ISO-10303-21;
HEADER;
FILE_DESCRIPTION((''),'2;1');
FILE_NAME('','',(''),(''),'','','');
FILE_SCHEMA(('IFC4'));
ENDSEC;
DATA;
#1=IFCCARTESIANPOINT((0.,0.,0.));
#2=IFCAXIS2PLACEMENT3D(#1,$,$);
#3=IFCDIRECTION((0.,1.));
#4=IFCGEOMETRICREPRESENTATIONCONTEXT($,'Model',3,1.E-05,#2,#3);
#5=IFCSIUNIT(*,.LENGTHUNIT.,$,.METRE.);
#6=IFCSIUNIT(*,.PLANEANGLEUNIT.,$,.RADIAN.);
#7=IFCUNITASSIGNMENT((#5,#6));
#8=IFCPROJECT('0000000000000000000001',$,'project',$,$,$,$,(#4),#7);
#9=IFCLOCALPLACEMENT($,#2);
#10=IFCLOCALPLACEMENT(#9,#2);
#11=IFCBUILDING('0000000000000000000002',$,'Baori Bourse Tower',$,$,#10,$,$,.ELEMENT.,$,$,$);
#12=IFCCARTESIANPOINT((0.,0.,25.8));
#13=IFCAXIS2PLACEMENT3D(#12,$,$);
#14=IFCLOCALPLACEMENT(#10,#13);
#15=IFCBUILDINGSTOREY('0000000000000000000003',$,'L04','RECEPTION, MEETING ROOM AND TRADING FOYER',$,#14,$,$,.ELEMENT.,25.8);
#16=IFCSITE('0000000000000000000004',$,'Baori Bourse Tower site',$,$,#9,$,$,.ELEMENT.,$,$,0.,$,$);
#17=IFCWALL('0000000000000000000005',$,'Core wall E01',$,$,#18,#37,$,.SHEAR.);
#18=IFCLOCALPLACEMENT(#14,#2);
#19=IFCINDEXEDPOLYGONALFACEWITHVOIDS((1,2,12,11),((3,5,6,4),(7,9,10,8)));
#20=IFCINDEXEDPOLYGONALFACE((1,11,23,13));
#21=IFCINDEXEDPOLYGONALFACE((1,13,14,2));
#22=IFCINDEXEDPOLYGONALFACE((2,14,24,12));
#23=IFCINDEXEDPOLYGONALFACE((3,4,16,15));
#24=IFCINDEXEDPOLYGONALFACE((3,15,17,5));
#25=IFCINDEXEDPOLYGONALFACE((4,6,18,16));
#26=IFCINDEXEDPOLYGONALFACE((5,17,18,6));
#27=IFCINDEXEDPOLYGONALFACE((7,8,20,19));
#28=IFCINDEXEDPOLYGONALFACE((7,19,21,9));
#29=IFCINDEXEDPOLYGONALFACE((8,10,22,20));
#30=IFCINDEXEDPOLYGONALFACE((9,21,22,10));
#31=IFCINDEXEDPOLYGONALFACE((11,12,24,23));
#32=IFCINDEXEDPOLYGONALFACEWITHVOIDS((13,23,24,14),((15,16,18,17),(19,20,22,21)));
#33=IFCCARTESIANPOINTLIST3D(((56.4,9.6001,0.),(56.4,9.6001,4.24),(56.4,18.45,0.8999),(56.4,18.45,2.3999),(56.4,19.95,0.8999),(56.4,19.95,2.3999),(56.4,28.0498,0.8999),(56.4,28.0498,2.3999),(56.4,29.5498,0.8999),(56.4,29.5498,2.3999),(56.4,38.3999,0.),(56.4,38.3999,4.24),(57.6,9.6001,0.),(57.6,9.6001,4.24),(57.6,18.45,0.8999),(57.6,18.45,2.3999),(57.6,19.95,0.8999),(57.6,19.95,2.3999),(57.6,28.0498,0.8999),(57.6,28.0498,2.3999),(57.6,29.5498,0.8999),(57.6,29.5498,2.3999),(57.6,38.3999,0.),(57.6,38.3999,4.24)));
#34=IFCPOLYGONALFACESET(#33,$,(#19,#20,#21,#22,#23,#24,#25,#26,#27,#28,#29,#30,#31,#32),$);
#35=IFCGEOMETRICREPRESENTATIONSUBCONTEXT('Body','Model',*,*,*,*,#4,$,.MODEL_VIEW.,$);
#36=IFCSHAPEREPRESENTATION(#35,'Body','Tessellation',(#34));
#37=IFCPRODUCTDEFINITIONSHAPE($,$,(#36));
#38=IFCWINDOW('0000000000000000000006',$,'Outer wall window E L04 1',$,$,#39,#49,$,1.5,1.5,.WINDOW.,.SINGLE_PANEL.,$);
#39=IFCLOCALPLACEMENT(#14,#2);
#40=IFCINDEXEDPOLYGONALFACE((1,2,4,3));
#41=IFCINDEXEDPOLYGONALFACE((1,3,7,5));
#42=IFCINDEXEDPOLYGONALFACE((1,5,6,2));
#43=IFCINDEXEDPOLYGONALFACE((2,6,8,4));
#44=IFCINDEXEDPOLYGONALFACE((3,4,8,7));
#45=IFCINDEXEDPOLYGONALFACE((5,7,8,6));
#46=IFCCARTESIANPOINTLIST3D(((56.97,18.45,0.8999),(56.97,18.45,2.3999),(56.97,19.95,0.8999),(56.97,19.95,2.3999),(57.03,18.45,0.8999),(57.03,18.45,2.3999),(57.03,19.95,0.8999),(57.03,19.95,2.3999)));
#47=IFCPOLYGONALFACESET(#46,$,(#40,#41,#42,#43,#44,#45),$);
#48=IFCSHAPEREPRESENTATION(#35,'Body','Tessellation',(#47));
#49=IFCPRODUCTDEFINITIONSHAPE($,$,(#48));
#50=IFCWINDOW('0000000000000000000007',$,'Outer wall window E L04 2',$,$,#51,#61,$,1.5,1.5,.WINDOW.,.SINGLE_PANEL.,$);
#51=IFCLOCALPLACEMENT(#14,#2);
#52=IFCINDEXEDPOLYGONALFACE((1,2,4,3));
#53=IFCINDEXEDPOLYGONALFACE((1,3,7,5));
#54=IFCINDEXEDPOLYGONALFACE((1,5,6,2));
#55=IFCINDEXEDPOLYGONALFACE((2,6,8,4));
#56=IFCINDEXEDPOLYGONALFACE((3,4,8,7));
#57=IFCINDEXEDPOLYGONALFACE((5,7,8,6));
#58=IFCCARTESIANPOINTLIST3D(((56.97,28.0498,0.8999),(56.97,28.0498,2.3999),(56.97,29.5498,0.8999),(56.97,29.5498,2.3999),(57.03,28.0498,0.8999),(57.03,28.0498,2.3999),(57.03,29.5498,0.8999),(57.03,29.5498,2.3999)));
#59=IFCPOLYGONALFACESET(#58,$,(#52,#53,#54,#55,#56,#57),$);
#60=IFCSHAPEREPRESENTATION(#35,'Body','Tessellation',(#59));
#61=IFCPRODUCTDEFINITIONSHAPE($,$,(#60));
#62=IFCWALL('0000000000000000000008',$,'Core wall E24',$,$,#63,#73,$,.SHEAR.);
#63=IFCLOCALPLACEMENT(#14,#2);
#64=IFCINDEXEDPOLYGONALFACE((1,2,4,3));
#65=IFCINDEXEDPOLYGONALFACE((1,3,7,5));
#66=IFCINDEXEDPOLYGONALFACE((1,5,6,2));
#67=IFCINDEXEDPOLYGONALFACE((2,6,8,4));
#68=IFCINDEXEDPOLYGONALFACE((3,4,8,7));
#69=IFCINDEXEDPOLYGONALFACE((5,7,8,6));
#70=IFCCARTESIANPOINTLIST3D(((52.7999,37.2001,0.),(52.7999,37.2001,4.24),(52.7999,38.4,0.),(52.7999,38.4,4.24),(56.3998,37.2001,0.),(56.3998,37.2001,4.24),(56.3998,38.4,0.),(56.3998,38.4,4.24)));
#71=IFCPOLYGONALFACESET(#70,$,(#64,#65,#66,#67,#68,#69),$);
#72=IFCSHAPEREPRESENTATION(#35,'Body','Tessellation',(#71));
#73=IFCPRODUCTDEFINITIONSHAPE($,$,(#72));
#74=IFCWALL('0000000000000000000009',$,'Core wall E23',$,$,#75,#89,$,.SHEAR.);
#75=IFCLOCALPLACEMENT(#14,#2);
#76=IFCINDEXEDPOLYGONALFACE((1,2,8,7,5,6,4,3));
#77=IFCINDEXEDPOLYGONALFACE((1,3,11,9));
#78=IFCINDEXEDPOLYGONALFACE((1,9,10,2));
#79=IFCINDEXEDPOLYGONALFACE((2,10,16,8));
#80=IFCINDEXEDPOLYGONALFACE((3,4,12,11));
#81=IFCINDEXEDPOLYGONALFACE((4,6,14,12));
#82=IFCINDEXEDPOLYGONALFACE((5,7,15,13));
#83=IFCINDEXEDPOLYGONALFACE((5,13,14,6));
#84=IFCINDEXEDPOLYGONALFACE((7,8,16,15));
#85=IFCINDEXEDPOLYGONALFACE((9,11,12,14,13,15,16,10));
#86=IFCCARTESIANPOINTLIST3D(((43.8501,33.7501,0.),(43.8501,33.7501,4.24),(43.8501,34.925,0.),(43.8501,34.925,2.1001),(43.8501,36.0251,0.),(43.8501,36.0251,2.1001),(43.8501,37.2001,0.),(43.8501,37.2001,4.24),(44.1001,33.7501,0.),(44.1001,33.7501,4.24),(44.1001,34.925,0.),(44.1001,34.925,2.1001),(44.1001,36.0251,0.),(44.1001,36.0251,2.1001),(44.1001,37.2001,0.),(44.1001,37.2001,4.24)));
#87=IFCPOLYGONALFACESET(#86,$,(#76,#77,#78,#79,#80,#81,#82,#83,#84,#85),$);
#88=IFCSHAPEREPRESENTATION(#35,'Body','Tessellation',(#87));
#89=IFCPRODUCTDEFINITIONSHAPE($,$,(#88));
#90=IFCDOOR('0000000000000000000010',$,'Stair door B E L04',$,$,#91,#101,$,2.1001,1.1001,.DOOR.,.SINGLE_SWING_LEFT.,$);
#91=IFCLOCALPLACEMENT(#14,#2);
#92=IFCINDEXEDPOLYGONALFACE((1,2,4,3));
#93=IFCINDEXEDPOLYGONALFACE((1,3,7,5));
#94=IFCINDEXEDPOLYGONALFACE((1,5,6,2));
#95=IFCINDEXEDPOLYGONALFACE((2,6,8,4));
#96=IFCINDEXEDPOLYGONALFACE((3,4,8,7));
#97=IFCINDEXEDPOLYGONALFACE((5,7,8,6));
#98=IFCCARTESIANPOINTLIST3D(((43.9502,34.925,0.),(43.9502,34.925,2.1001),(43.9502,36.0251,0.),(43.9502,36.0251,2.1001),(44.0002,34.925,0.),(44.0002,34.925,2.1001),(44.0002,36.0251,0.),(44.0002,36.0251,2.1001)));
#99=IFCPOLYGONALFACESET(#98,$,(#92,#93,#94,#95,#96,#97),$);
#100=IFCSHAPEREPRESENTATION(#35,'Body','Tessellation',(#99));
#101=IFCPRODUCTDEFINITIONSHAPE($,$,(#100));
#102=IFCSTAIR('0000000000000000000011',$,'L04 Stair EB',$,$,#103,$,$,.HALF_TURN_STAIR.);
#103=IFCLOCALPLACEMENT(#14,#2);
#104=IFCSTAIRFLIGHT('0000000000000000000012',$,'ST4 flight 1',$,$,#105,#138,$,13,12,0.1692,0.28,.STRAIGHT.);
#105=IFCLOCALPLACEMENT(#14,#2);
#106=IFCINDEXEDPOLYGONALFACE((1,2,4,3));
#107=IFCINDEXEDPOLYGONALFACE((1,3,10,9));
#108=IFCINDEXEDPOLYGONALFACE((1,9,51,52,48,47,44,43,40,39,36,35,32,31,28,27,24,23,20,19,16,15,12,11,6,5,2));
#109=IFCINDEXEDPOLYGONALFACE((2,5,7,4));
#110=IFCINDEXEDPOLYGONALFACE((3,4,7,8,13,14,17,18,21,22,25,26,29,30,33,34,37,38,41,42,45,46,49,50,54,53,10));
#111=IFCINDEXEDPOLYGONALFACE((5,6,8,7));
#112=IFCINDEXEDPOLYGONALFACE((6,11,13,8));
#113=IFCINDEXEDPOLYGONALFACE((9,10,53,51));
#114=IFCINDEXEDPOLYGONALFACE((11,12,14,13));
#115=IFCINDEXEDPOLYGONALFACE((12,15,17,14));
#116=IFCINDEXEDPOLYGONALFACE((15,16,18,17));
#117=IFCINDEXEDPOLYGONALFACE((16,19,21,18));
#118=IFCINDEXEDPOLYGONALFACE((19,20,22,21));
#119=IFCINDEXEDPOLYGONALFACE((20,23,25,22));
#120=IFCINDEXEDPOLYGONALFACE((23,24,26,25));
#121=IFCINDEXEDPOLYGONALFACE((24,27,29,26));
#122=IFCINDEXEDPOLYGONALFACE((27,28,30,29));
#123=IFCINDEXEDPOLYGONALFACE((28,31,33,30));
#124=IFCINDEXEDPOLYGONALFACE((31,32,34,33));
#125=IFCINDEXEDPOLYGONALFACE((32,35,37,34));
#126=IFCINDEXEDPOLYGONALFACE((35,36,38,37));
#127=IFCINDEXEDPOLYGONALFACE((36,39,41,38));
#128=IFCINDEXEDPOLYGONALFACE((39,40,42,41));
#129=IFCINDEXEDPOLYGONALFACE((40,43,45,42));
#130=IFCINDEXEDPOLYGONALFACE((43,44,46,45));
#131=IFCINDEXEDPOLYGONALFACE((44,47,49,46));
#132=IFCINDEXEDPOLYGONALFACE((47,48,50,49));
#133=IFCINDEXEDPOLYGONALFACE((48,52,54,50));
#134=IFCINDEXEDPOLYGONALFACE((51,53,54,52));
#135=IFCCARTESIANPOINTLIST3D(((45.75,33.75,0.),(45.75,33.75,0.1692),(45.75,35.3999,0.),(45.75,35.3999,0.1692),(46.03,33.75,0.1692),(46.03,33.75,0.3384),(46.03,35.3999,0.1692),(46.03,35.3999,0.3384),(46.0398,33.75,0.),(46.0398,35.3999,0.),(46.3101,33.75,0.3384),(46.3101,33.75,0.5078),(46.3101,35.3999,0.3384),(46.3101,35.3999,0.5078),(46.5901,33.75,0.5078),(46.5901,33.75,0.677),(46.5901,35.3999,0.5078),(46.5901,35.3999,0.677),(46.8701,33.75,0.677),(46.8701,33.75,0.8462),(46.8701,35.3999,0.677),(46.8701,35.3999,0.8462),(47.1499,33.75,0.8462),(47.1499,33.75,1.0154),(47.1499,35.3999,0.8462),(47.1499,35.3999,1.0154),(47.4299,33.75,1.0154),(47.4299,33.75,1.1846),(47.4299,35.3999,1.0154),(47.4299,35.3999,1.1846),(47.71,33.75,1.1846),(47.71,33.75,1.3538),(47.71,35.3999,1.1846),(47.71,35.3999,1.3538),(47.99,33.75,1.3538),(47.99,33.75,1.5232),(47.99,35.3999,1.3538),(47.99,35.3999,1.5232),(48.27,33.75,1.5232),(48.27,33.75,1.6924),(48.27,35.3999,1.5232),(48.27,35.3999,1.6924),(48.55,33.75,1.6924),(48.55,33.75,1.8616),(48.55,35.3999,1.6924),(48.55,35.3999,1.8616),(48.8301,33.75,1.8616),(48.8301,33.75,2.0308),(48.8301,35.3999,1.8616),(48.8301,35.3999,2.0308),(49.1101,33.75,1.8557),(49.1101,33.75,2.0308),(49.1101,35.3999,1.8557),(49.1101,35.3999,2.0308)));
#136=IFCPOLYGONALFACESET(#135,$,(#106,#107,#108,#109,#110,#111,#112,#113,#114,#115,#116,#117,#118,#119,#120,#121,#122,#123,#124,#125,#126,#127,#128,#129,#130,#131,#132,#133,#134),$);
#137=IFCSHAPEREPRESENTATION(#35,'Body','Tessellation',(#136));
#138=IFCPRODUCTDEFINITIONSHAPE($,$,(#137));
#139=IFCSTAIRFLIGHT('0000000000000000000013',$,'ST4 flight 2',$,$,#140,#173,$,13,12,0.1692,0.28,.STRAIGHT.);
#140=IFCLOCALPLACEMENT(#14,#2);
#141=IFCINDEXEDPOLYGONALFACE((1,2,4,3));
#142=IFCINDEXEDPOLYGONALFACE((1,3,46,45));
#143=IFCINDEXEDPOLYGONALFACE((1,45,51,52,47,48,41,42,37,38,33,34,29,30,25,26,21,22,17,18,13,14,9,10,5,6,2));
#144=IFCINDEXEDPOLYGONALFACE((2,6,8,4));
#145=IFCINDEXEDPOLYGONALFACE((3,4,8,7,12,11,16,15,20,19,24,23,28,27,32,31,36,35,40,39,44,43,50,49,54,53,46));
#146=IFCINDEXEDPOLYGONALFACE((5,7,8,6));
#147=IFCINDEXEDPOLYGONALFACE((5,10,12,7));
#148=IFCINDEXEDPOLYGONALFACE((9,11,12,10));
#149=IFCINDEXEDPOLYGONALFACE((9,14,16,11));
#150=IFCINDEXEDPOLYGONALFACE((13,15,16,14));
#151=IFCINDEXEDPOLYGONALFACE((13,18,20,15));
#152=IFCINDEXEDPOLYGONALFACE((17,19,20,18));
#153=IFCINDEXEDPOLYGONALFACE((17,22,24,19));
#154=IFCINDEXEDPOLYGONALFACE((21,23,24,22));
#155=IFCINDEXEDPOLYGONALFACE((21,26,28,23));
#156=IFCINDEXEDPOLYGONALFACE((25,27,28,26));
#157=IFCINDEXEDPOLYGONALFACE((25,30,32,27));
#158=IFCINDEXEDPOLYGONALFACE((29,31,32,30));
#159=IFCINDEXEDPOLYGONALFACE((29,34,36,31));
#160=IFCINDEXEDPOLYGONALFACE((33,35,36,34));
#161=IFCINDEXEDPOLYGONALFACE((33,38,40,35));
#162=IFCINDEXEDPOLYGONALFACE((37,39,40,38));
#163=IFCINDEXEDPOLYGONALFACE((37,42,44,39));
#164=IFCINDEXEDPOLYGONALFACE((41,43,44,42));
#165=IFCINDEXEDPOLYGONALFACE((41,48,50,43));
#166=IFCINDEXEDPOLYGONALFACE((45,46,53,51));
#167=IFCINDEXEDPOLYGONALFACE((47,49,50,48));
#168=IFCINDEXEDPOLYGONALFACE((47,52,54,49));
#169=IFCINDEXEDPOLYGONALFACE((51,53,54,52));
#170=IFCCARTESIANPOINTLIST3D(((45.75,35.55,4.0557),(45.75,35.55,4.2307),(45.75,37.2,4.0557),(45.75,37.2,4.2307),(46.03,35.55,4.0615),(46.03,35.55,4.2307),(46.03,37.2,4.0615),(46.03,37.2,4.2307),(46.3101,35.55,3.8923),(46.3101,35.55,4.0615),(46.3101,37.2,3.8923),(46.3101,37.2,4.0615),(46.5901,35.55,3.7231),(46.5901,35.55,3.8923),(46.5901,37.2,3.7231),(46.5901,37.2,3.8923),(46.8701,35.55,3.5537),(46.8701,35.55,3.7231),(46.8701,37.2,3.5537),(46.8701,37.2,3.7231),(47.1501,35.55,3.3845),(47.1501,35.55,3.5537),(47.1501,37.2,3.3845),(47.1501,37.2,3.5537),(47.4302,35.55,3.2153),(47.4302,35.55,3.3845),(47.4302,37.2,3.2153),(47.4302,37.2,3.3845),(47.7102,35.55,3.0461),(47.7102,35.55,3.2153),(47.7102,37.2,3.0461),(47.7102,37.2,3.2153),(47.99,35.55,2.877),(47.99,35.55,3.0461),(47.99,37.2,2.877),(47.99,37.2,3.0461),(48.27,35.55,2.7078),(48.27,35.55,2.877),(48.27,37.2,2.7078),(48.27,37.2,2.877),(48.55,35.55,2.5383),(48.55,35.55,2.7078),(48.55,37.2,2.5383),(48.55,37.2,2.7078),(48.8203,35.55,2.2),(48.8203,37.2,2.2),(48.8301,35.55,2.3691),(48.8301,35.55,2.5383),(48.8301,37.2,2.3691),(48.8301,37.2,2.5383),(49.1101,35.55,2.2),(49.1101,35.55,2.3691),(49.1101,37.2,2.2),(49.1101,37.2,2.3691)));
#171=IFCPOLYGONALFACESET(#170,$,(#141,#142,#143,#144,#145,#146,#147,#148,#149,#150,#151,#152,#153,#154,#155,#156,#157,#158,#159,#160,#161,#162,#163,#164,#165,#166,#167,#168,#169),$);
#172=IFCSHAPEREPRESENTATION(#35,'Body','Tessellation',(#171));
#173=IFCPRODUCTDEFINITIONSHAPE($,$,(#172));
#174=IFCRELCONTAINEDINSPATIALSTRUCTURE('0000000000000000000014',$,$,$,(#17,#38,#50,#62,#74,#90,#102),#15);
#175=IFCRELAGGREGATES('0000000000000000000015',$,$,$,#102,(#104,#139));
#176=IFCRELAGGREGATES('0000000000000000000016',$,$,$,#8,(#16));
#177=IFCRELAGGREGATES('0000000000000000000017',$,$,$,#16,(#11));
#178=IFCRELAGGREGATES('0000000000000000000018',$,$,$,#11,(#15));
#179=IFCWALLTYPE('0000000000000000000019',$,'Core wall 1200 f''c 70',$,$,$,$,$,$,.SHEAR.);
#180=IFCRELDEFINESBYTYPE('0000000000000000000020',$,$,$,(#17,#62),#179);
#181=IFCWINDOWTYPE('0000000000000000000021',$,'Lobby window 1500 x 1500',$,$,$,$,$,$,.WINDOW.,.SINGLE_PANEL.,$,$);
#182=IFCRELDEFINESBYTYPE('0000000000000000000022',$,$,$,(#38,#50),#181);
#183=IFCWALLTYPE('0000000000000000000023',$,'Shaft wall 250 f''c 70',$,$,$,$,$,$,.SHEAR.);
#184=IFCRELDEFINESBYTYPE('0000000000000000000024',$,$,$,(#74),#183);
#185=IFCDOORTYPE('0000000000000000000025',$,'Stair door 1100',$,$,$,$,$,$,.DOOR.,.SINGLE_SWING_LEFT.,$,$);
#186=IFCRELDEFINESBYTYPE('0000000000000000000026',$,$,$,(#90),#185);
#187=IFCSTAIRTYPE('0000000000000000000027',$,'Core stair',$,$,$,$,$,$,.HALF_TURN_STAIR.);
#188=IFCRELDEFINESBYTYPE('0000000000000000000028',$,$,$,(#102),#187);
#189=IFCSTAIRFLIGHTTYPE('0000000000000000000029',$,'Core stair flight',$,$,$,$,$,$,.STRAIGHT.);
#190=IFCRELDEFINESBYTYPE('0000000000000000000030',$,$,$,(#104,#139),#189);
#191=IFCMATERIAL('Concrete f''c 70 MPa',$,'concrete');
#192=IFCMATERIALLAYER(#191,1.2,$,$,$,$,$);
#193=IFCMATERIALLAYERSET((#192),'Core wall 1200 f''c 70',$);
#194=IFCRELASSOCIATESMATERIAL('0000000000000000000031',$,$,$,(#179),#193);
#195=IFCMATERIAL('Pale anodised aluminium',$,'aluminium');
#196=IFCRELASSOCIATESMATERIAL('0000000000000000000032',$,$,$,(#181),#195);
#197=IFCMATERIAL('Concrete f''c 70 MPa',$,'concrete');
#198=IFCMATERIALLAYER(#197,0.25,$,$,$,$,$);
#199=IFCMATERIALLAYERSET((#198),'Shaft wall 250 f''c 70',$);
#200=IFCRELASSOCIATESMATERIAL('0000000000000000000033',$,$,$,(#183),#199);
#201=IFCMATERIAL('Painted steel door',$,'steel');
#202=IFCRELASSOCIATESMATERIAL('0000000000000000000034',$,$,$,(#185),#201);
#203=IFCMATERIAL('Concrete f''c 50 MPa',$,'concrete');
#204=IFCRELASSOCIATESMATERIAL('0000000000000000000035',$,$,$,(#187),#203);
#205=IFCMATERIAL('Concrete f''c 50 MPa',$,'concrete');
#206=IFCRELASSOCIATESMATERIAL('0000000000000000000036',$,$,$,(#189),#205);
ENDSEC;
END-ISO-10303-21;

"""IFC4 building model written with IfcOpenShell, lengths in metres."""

from ifc_helpers import new_model, si_unit, direction, frame, frame_2d, origin, place, context, subcontext, project, spatial, polyline, rectangle, outline, extrude, material, layer, layer_set, type_object, element, fill, aggregate, save


model = new_model("IFC4")

# Units and contexts
model_context = context("Model", 3, precision=1e-05, world=origin(), true_north=direction((0.0, 1.0)))
body_context = subcontext(model_context, "Body", "Model", "MODEL_VIEW")
ifc_project = project(units=[si_unit("LENGTHUNIT", "METRE"), si_unit("PLANEANGLEUNIT", "RADIAN")], contexts=[model_context])

# Site, building, storey
site_placement = place(None, origin())
site = spatial("IfcSite", under=ifc_project, at=site_placement, Name="Baori Bourse Tower site", CompositionType="ELEMENT", RefElevation=0.0)
building_placement = place(site_placement, origin())
building = spatial("IfcBuilding", under=site, at=building_placement, Name="Baori Bourse Tower", CompositionType="ELEMENT")
storey_placement = place(building_placement, frame((0.0, 0.0, 25.8)))
storey = spatial("IfcBuildingStorey", under=building, at=storey_placement, Name="L04", Description="RECEPTION, MEETING ROOM AND TRADING FOYER", CompositionType="ELEMENT", Elevation=25.8)

# Wall, openings, windows
ifc_material_1 = material(Name="Concrete f'c 70 MPa", Category="concrete")
ifc_layer_1 = layer(ifc_material_1, 1.2)
ifc_layer_set_1 = layer_set([ifc_layer_1], Name="Core wall 1200 f'c 70")
wall_type_1 = type_object("IfcWallType", Name="Core wall 1200 f'c 70", PredefinedType="SHEAR", material=ifc_layer_set_1)
wall_1_placement = place(storey_placement, frame((57.0, 38.3999, 0.0), z_axis=(0.0, 0.0, 1.0), x_axis=(0.0, -1.0, 0.0)))
wall_1 = element("IfcWall", 1, at=wall_1_placement, inside=storey, type_object=wall_type_1, Name="Core wall E01", PredefinedType="SHEAR", context=body_context, shape_type="SweptSolid", body=[
    extrude(rectangle(XDim=28.7998, YDim=1.2, at=frame_2d((14.3999, 0.0))), origin(), (0.0, 0.0, 1.0), 4.24),
])
opening_1_placement = place(wall_1_placement, frame((18.45, 0.0, 0.8999)))
opening_1 = element("IfcOpeningElement", 2, at=opening_1_placement, cuts=wall_1, PredefinedType="OPENING", context=body_context, shape_type="SweptSolid", body=[
    extrude(rectangle(XDim=1.5, YDim=1.5, at=frame_2d((0.75, 0.75))), frame((0.0, 0.6099, 0.0), z_axis=(0.0, -1.0, 0.0), x_axis=(1.0, 0.0, 0.0)), (0.0, 0.0, 1.0), 1.22),
])
opening_2_placement = place(wall_1_placement, frame((8.8501, 0.0, 0.8999)))
opening_2 = element("IfcOpeningElement", 3, at=opening_2_placement, cuts=wall_1, PredefinedType="OPENING", context=body_context, shape_type="SweptSolid", body=[
    extrude(rectangle(XDim=1.5, YDim=1.5, at=frame_2d((0.75, 0.75))), frame((0.0, 0.6099, 0.0), z_axis=(0.0, -1.0, 0.0), x_axis=(1.0, 0.0, 0.0)), (0.0, 0.0, 1.0), 1.22),
])
ifc_material_2 = material(Name="Pale anodised aluminium", Category="aluminium")
window_type = type_object("IfcWindowType", Name="Lobby window 1500 x 1500", PartitioningType="SINGLE_PANEL", PredefinedType="WINDOW", material=ifc_material_2)
window_1_placement = place(opening_1_placement, origin())
window_1 = element("IfcWindow", 4, at=window_1_placement, inside=storey, type_object=window_type, Name="Outer wall window E L04 1", OverallHeight=1.5, OverallWidth=1.5, PartitioningType="SINGLE_PANEL", PredefinedType="WINDOW", context=body_context, shape_type="SweptSolid", body=[
    extrude(rectangle(XDim=1.5, YDim=1.5, at=frame_2d((0.75, 0.75))), frame((0.0, 0.03, 0.0), z_axis=(0.0, -1.0, 0.0), x_axis=(1.0, 0.0, 0.0)), (0.0, 0.0, 1.0), 0.0601),
])
fill(opening_1, window_1)
window_2_placement = place(opening_2_placement, origin())
window_2 = element("IfcWindow", 5, at=window_2_placement, inside=storey, type_object=window_type, Name="Outer wall window E L04 2", OverallHeight=1.5, OverallWidth=1.5, PartitioningType="SINGLE_PANEL", PredefinedType="WINDOW", context=body_context, shape_type="SweptSolid", body=[
    extrude(rectangle(XDim=1.5, YDim=1.5, at=frame_2d((0.75, 0.75))), frame((0.0, 0.03, 0.0), z_axis=(0.0, -1.0, 0.0), x_axis=(1.0, 0.0, 0.0)), (0.0, 0.0, 1.0), 0.0601),
])
fill(opening_2, window_2)

# Wall
wall_2_placement = place(storey_placement, frame((52.8, 37.8, 0.0), z_axis=(0.0, 0.0, 1.0), x_axis=(1.0, 0.0, 0.0)))
element("IfcWall", 6, at=wall_2_placement, inside=storey, type_object=wall_type_1, Name="Core wall E24", PredefinedType="SHEAR", context=body_context, shape_type="SweptSolid", body=[
    extrude(rectangle(XDim=3.5999, YDim=1.2, at=frame_2d((1.7998, 0.0))), origin(), (0.0, 0.0, 1.0), 4.24),
])

# Wall, opening, door
ifc_material_3 = material(Name="Concrete f'c 70 MPa", Category="concrete")
ifc_layer_2 = layer(ifc_material_3, 0.25)
ifc_layer_set_2 = layer_set([ifc_layer_2], Name="Shaft wall 250 f'c 70")
wall_type_2 = type_object("IfcWallType", Name="Shaft wall 250 f'c 70", PredefinedType="SHEAR", material=ifc_layer_set_2)
wall_3_placement = place(storey_placement, frame((43.9751, 33.75, 0.0), z_axis=(0.0, 0.0, 1.0), x_axis=(0.0, 1.0, 0.0)))
wall_3 = element("IfcWall", 7, at=wall_3_placement, inside=storey, type_object=wall_type_2, Name="Core wall E23", PredefinedType="SHEAR", context=body_context, shape_type="SweptSolid", body=[
    extrude(rectangle(XDim=3.45, YDim=0.25, at=frame_2d((1.7251, 0.0))), origin(), (0.0, 0.0, 1.0), 4.24),
])
opening_3_placement = place(wall_3_placement, frame((1.175, 0.0, 0.0)))
opening_3 = element("IfcOpeningElement", 8, at=opening_3_placement, cuts=wall_3, PredefinedType="OPENING", context=body_context, shape_type="SweptSolid", body=[
    extrude(rectangle(XDim=1.1001, YDim=2.1001, at=frame_2d((0.55, 1.05))), frame((0.0, 0.135, 0.0), z_axis=(0.0, -1.0, 0.0), x_axis=(1.0, 0.0, 0.0)), (0.0, 0.0, 1.0), 0.27),
])
ifc_material_4 = material(Name="Painted steel door", Category="steel")
door_type = type_object("IfcDoorType", Name="Stair door 1100", OperationType="SINGLE_SWING_LEFT", PredefinedType="DOOR", material=ifc_material_4)
door_placement = place(opening_3_placement, origin())
door = element("IfcDoor", 9, at=door_placement, inside=storey, type_object=door_type, Name="Stair door B E L04", OperationType="SINGLE_SWING_LEFT", OverallHeight=2.1001, OverallWidth=1.1001, PredefinedType="DOOR", context=body_context, shape_type="SweptSolid", body=[
    extrude(rectangle(XDim=1.1001, YDim=2.1001, at=frame_2d((0.55, 1.05))), frame((0.0, 0.0249, 0.0), z_axis=(0.0, -1.0, 0.0), x_axis=(1.0, 0.0, 0.0)), (0.0, 0.0, 1.0), 0.05),
])
fill(opening_3, door)

# Stair, stair flights
ifc_material_5 = material(Name="Concrete f'c 50 MPa", Category="concrete")
stair_type = type_object("IfcStairType", Name="Core stair", PredefinedType="HALF_TURN_STAIR", material=ifc_material_5)
stair_placement = place(storey_placement, origin())
stair = element("IfcStair", 10, at=stair_placement, inside=storey, type_object=stair_type, Name="L04 Stair EB", PredefinedType="HALF_TURN_STAIR")
ifc_material_6 = material(Name="Concrete f'c 50 MPa", Category="concrete")
stair_flight_type = type_object("IfcStairFlightType", Name="Core stair flight", PredefinedType="STRAIGHT", material=ifc_material_6)
stair_flight_1_placement = place(storey_placement, frame((45.75, 34.575, 0.0), z_axis=(0.0, 0.0, 1.0), x_axis=(1.0, 0.0, 0.0)))
stair_flight_1 = element("IfcStairFlight", 11, at=stair_flight_1_placement, type_object=stair_flight_type, Name="ST4 flight 1", NumberOfRisers=13, NumberOfTreads=12, PredefinedType="STRAIGHT", RiserHeight=0.1692, TreadLength=0.28, context=body_context, shape_type="SweptSolid", body=[
    extrude(outline(polyline([(0.0, 0.0), (0.0, 0.1692), (0.28, 0.1692), (0.28, 0.3384), (0.5601, 0.3384), (0.5601, 0.5078), (0.8401, 0.5078), (0.8401, 0.677), (1.1201, 0.677), (1.1201, 0.8462), (1.3999, 0.8462), (1.3999, 1.0154), (1.6799, 1.0154), (1.6799, 1.1846), (1.96, 1.1846), (1.96, 1.3538), (2.24, 1.3538), (2.24, 1.5232), (2.52, 1.5232), (2.52, 1.6924), (2.8, 1.6924), (2.8, 1.8616), (3.0801, 1.8616), (3.0801, 2.0308), (3.3601, 2.0308), (3.3601, 2.2), (3.3601, 1.8557), (0.2898, 0.0), (0.0, 0.0)])), frame((0.0, 0.825, 0.0), z_axis=(0.0, -1.0, 0.0), x_axis=(1.0, 0.0, 0.0)), (0.0, 0.0, 1.0), 1.6499),
])
stair_flight_2_placement = place(storey_placement, frame((49.1101, 36.375, 2.2), z_axis=(0.0, 0.0, 1.0), x_axis=(-1.0, 0.0, 0.0)))
stair_flight_2 = element("IfcStairFlight", 12, at=stair_flight_2_placement, type_object=stair_flight_type, Name="ST4 flight 2", NumberOfRisers=13, NumberOfTreads=12, PredefinedType="STRAIGHT", RiserHeight=0.1692, TreadLength=0.28, context=body_context, shape_type="SweptSolid", body=[
    extrude(outline(polyline([(0.0, 0.0), (0.0, 0.1692), (0.28, 0.1692), (0.28, 0.3384), (0.5601, 0.3384), (0.5601, 0.5078), (0.8401, 0.5078), (0.8401, 0.677), (1.1201, 0.677), (1.1201, 0.8462), (1.3999, 0.8462), (1.3999, 1.0154), (1.6799, 1.0154), (1.6799, 1.1846), (1.96, 1.1846), (1.96, 1.3538), (2.24, 1.3538), (2.24, 1.5232), (2.52, 1.5232), (2.52, 1.6924), (2.8, 1.6924), (2.8, 1.8616), (3.0801, 1.8616), (3.0801, 2.0308), (3.3601, 2.0308), (3.3601, 2.2), (3.3601, 1.8557), (0.2898, 0.0), (0.0, 0.0)])), frame((0.0, 0.825, 0.0), z_axis=(0.0, -1.0, 0.0), x_axis=(1.0, 0.0, 0.0)), (0.0, 0.0, 1.0), 1.6499),
])
aggregate(stair, [stair_flight_1, stair_flight_2])

save(model, "model.ifc")
